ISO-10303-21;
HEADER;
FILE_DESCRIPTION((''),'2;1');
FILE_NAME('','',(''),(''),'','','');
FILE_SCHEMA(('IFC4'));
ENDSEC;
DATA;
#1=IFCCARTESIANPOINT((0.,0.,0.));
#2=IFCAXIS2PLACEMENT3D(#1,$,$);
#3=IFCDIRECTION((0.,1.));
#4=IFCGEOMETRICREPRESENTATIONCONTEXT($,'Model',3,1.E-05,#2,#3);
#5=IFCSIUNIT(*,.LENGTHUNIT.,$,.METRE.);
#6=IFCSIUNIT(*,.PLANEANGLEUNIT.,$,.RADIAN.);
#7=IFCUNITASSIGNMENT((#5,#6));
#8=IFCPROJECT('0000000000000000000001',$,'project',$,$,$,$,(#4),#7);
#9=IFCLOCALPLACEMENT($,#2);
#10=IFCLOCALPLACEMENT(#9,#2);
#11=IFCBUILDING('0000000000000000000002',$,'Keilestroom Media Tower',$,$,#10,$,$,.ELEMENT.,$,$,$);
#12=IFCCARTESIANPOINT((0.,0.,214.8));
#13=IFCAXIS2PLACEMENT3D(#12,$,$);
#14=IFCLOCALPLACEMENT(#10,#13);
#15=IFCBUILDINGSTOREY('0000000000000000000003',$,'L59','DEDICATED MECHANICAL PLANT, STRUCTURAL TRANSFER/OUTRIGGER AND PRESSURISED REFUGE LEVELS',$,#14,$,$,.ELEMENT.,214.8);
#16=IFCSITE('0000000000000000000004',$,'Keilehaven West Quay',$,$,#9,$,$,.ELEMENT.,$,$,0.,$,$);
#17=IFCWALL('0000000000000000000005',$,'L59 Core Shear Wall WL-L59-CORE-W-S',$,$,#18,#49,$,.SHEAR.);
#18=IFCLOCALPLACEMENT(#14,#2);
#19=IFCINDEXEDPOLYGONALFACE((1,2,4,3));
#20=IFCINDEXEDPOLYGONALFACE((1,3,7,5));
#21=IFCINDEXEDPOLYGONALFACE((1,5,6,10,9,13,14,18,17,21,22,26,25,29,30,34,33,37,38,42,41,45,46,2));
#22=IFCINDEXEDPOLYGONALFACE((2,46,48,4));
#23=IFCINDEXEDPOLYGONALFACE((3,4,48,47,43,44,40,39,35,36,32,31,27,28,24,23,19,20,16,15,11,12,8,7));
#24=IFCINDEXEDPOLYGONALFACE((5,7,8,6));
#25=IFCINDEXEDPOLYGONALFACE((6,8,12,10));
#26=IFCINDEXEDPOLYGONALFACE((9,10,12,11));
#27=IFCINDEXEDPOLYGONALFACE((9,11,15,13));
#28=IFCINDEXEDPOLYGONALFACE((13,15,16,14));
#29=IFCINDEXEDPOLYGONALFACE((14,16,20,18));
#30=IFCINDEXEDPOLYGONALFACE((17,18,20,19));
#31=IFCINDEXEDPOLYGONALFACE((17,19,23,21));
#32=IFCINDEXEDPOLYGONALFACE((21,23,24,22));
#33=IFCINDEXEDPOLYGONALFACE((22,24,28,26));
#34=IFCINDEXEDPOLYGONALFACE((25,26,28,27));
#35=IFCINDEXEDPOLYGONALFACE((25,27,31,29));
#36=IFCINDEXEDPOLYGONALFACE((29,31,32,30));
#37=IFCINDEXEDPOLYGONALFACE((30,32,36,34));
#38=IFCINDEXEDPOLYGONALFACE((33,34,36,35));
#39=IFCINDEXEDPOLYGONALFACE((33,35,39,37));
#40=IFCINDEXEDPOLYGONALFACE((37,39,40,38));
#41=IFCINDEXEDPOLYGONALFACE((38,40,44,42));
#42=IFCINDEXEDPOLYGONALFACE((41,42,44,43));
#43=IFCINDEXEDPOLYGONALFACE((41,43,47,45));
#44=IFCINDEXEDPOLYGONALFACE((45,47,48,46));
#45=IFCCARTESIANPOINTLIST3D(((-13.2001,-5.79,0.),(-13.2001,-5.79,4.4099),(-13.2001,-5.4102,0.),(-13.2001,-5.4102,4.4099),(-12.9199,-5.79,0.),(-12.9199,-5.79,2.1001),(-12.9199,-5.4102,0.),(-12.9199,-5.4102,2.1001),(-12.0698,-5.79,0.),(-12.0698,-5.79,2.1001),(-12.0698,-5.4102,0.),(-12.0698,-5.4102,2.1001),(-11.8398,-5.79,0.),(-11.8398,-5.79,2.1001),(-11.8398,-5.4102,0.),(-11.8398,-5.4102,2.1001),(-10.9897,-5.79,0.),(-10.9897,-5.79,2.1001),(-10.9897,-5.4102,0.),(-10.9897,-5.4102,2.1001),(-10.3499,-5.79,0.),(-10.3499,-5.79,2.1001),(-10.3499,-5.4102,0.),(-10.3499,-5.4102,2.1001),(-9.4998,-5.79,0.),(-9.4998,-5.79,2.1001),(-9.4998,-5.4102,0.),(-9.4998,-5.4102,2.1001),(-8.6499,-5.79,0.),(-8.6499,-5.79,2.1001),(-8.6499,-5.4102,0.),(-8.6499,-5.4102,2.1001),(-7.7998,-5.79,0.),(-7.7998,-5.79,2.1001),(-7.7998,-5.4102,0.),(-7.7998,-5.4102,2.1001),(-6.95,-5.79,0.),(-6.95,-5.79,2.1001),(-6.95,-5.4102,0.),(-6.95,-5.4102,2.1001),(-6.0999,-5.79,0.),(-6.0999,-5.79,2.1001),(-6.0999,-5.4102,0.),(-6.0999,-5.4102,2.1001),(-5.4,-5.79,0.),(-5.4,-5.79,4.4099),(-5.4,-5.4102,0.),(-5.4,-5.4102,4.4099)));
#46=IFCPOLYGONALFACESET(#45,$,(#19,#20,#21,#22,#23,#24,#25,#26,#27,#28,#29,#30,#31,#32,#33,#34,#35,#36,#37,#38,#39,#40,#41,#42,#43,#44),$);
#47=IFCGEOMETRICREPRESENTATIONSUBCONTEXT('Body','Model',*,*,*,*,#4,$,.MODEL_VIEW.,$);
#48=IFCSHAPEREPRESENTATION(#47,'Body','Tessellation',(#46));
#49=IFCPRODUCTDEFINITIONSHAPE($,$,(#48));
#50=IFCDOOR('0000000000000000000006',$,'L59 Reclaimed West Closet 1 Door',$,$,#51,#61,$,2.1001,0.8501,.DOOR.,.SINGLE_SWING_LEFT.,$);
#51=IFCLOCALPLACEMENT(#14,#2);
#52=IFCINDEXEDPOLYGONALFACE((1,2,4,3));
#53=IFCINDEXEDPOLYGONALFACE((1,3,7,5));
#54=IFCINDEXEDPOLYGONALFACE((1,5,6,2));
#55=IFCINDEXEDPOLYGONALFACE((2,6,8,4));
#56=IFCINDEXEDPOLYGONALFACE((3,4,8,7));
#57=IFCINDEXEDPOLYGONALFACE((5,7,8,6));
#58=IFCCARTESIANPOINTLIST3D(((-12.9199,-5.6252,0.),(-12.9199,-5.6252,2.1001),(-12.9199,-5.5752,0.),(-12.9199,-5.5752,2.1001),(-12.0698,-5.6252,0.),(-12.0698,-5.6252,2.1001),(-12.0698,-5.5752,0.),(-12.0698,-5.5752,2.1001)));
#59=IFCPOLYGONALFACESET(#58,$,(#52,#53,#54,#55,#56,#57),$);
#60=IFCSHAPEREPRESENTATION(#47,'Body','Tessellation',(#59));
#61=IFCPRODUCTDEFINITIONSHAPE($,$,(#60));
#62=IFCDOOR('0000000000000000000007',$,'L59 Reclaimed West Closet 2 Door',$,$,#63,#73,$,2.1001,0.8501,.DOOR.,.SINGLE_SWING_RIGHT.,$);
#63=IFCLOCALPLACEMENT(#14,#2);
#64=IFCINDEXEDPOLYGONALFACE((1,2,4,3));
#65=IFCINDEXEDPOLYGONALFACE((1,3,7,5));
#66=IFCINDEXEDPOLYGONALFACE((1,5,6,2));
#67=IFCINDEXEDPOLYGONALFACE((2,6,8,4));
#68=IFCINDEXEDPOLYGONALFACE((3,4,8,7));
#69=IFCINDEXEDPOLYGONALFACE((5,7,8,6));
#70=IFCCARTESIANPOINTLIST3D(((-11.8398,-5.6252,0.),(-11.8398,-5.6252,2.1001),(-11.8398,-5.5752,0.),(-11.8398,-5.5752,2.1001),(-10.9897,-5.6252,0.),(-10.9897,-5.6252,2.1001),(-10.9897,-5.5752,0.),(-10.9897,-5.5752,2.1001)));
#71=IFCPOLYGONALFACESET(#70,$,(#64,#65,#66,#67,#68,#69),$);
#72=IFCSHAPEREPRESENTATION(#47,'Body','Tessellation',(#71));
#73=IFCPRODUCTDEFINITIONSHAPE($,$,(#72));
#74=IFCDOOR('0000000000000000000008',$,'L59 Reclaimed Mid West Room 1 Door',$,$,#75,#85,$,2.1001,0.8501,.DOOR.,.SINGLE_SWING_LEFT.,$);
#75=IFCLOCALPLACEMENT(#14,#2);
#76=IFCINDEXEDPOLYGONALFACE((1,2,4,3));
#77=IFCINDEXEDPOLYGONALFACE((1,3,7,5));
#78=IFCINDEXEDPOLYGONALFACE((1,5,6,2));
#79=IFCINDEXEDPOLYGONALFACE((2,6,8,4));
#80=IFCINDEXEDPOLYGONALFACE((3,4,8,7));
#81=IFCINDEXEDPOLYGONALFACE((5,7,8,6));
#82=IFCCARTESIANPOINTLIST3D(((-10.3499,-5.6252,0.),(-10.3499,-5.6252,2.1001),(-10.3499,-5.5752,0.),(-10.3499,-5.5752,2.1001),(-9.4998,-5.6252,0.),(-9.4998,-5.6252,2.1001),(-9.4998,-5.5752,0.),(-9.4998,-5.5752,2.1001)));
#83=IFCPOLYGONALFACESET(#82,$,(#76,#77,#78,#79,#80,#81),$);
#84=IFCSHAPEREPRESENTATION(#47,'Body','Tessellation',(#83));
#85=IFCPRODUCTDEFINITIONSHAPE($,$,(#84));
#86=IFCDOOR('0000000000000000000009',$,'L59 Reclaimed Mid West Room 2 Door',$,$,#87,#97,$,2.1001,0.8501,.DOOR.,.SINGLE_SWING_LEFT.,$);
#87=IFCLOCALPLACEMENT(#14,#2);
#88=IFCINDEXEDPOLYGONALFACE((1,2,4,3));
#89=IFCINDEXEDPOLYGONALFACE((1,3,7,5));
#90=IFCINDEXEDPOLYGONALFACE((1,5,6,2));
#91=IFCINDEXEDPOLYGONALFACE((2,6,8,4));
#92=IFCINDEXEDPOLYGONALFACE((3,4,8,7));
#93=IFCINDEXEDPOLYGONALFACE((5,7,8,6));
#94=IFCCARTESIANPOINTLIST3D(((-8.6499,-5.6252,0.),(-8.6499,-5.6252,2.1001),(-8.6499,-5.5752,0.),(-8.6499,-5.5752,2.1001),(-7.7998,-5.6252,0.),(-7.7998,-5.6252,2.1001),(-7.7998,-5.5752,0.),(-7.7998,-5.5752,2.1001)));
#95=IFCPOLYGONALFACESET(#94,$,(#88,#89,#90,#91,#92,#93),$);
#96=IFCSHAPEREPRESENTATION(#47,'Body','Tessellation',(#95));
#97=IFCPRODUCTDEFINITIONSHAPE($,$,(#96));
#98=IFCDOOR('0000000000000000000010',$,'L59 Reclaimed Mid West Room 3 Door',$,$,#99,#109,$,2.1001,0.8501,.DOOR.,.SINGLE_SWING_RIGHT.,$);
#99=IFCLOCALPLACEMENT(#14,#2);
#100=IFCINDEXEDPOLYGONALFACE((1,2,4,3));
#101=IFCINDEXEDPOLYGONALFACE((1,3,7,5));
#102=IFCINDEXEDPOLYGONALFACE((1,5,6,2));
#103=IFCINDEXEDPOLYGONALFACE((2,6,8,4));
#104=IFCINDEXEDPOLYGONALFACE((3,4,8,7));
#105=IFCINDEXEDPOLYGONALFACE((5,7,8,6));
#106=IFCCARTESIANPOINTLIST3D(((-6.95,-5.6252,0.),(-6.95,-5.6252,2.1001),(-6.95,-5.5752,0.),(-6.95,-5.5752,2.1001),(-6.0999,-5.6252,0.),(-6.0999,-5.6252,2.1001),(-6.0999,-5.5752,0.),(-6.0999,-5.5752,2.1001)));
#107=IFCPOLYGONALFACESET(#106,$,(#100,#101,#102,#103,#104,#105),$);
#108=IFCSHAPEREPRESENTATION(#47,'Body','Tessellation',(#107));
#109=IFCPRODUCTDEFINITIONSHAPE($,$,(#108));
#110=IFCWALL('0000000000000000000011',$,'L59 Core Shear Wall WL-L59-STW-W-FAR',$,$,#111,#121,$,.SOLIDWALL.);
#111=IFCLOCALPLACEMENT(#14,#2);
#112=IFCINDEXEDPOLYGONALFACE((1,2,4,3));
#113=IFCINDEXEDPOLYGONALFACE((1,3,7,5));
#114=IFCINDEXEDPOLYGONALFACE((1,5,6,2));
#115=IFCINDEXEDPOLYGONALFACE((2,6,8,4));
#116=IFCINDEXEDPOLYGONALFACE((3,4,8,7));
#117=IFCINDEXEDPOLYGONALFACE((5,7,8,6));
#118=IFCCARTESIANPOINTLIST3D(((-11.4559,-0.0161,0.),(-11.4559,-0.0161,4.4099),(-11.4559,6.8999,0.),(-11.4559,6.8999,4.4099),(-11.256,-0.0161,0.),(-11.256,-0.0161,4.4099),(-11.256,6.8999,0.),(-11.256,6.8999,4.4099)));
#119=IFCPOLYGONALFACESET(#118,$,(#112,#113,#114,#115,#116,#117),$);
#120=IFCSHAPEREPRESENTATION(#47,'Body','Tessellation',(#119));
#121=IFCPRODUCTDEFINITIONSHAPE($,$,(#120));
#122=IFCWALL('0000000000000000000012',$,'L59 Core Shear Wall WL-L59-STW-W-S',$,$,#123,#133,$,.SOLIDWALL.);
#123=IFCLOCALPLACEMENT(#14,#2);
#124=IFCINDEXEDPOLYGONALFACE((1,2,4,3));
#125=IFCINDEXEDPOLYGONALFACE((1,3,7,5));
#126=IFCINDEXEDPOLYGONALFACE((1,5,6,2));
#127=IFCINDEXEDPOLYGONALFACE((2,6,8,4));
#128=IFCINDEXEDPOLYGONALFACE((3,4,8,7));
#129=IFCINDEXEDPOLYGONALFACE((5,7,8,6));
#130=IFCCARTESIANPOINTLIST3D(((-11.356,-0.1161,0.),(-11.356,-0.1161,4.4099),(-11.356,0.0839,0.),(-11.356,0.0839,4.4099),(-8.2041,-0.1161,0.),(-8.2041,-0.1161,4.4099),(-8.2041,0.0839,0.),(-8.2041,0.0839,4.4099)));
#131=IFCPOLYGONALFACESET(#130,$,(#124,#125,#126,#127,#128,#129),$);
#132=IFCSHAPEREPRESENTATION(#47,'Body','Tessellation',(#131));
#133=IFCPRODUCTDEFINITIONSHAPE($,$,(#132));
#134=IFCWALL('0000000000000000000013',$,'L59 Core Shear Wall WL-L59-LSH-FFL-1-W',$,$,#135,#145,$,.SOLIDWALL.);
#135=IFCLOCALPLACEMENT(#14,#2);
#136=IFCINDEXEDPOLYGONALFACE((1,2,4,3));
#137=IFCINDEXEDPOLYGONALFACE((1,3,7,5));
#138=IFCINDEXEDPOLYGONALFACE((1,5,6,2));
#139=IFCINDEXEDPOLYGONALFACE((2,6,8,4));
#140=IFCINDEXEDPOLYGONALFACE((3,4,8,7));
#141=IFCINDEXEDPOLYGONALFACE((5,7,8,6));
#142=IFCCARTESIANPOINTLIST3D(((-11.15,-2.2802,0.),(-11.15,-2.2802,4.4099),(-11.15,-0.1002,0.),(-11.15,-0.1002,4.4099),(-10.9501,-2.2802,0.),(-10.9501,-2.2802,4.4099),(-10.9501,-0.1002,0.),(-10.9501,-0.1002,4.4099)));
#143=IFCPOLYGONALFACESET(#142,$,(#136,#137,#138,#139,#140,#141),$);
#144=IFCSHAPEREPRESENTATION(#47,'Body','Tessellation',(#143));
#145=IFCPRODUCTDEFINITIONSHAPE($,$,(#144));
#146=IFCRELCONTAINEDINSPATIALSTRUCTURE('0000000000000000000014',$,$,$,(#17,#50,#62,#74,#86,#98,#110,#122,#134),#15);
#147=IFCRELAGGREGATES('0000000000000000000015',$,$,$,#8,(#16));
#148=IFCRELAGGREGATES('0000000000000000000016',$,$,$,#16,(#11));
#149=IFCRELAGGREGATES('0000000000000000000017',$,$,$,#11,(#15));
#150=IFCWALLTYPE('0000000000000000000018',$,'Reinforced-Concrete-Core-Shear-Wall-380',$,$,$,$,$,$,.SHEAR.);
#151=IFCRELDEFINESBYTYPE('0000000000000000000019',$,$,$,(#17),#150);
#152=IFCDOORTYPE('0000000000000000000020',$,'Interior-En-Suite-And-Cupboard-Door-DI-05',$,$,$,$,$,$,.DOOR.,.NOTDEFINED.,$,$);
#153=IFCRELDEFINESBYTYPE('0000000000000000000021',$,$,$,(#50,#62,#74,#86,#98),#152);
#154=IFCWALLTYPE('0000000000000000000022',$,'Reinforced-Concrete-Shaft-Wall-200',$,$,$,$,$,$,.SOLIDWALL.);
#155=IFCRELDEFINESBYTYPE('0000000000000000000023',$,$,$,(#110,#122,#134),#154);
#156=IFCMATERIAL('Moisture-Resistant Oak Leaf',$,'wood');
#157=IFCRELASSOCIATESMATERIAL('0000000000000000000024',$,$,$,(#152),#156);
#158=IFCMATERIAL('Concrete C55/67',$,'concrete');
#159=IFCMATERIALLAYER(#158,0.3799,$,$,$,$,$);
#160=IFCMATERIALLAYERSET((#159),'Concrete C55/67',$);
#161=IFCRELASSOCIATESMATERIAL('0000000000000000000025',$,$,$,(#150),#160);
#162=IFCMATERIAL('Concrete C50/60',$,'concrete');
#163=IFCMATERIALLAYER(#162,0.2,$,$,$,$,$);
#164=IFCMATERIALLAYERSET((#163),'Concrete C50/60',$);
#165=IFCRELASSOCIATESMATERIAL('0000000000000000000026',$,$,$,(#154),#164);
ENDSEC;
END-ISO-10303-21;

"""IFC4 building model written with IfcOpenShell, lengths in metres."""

from ifc_helpers import new_model, si_unit, direction, frame, frame_2d, origin, place, context, subcontext, project, spatial, rectangle, extrude, source, transform, mapped, material, layer, layer_set, type_object, element, fill, save


model = new_model("IFC4")

# Units and contexts
model_context = context("Model", 3, precision=1e-05, world=origin(), true_north=direction((0.0, 1.0)))
body_context = subcontext(model_context, "Body", "Model", "MODEL_VIEW")
ifc_project = project(units=[si_unit("LENGTHUNIT", "METRE"), si_unit("PLANEANGLEUNIT", "RADIAN")], contexts=[model_context])

# Site, building, storey
site_placement = place(None, origin())
site = spatial("IfcSite", under=ifc_project, at=site_placement, Name="Keilehaven West Quay", CompositionType="ELEMENT", RefElevation=0.0)
building_placement = place(site_placement, origin())
building = spatial("IfcBuilding", under=site, at=building_placement, Name="Keilestroom Media Tower", CompositionType="ELEMENT")
storey_placement = place(building_placement, frame((0.0, 0.0, 214.8)))
storey = spatial("IfcBuildingStorey", under=building, at=storey_placement, Name="L59", Description="DEDICATED MECHANICAL PLANT, STRUCTURAL TRANSFER/OUTRIGGER AND PRESSURISED REFUGE LEVELS", CompositionType="ELEMENT", Elevation=214.8)

# Shared definitions
ifc_material_1 = material(Name="Moisture-Resistant Oak Leaf", Category="wood")
door_type = type_object("IfcDoorType", Name="Interior-En-Suite-And-Cupboard-Door-DI-05", OperationType="NOTDEFINED", PredefinedType="DOOR", material=ifc_material_1)
shared_shape_1 = source(origin(), body_context, "Body", "SweptSolid", [
    extrude(rectangle(XDim=0.8501, YDim=2.1001, at=frame_2d((0.425, 1.05))), frame((0.0, 0.0249, 0.0), z_axis=(0.0, -1.0, 0.0), x_axis=(1.0, 0.0, 0.0)), (0.0, 0.0, 1.0), 0.05),
])

# Shared definitions
ifc_material_2 = material(Name="Concrete C55/67", Category="concrete")
ifc_layer_1 = layer(ifc_material_2, 0.3799)
ifc_layer_set_1 = layer_set([ifc_layer_1], Name="Concrete C55/67")
wall_type_1 = type_object("IfcWallType", Name="Reinforced-Concrete-Core-Shear-Wall-380", PredefinedType="SHEAR", material=ifc_layer_set_1)

# Wall, openings, doors
wall_1_placement = place(storey_placement, frame((-13.2, -5.6001, 0.0), z_axis=(0.0, 0.0, 1.0), x_axis=(1.0, 0.0, 0.0)))
wall_1 = element("IfcWall", 1, at=wall_1_placement, inside=storey, type_object=wall_type_1, Name="L59 Core Shear Wall WL-L59-CORE-W-S", PredefinedType="SHEAR", context=body_context, shape_type="SweptSolid", body=[
    extrude(rectangle(XDim=7.8, YDim=0.3799, at=frame_2d((3.8999, 0.0))), origin(), (0.0, 0.0, 1.0), 4.4099),
])
opening_1_placement = place(wall_1_placement, frame((0.28, 0.0, 0.0)))
opening_1 = element("IfcOpeningElement", 2, at=opening_1_placement, cuts=wall_1, PredefinedType="OPENING", context=body_context, shape_type="SweptSolid", body=[
    extrude(rectangle(XDim=0.8501, YDim=2.1001, at=frame_2d((0.425, 1.05))), frame((0.0, 0.2, 0.0), z_axis=(0.0, -1.0, 0.0), x_axis=(1.0, 0.0, 0.0)), (0.0, 0.0, 1.0), 0.3999),
])
opening_2_placement = place(wall_1_placement, frame((1.3601, 0.0, 0.0)))
opening_2 = element("IfcOpeningElement", 3, at=opening_2_placement, cuts=wall_1, PredefinedType="OPENING", context=body_context, shape_type="SweptSolid", body=[
    extrude(rectangle(XDim=0.8501, YDim=2.1001, at=frame_2d((0.425, 1.05))), frame((0.0, 0.2, 0.0), z_axis=(0.0, -1.0, 0.0), x_axis=(1.0, 0.0, 0.0)), (0.0, 0.0, 1.0), 0.3999),
])
opening_3_placement = place(wall_1_placement, frame((2.8501, 0.0, 0.0)))
opening_3 = element("IfcOpeningElement", 4, at=opening_3_placement, cuts=wall_1, PredefinedType="OPENING", context=body_context, shape_type="SweptSolid", body=[
    extrude(rectangle(XDim=0.8501, YDim=2.1001, at=frame_2d((0.425, 1.05))), frame((0.0, 0.2, 0.0), z_axis=(0.0, -1.0, 0.0), x_axis=(1.0, 0.0, 0.0)), (0.0, 0.0, 1.0), 0.3999),
])
opening_4_placement = place(wall_1_placement, frame((4.55, 0.0, 0.0)))
opening_4 = element("IfcOpeningElement", 5, at=opening_4_placement, cuts=wall_1, PredefinedType="OPENING", context=body_context, shape_type="SweptSolid", body=[
    extrude(rectangle(XDim=0.8501, YDim=2.1001, at=frame_2d((0.425, 1.05))), frame((0.0, 0.2, 0.0), z_axis=(0.0, -1.0, 0.0), x_axis=(1.0, 0.0, 0.0)), (0.0, 0.0, 1.0), 0.3999),
])
opening_5_placement = place(wall_1_placement, frame((6.25, 0.0, 0.0)))
opening_5 = element("IfcOpeningElement", 6, at=opening_5_placement, cuts=wall_1, PredefinedType="OPENING", context=body_context, shape_type="SweptSolid", body=[
    extrude(rectangle(XDim=0.8501, YDim=2.1001, at=frame_2d((0.425, 1.05))), frame((0.0, 0.2, 0.0), z_axis=(0.0, -1.0, 0.0), x_axis=(1.0, 0.0, 0.0)), (0.0, 0.0, 1.0), 0.3999),
])
door_1_placement = place(opening_1_placement, origin())
door_1 = element("IfcDoor", 7, at=door_1_placement, inside=storey, type_object=door_type, Name="L59 Reclaimed West Closet 1 Door", OperationType="SINGLE_SWING_LEFT", OverallHeight=2.1001, OverallWidth=0.8501, PredefinedType="DOOR", context=body_context, shape_type="MappedRepresentation", body=[
    mapped(shared_shape_1, transform((0.0, 0.0, 0.0), x_axis=(1.0, 0.0, 0.0), y_axis=(0.0, 1.0, 0.0), z_axis=(0.0, 0.0, 1.0), scale=1.0)),
])
fill(opening_1, door_1)
door_2_placement = place(opening_2_placement, origin())
door_2 = element("IfcDoor", 8, at=door_2_placement, inside=storey, type_object=door_type, Name="L59 Reclaimed West Closet 2 Door", OperationType="SINGLE_SWING_RIGHT", OverallHeight=2.1001, OverallWidth=0.8501, PredefinedType="DOOR", context=body_context, shape_type="MappedRepresentation", body=[
    mapped(shared_shape_1, transform((0.0, 0.0, 0.0), x_axis=(1.0, 0.0, 0.0), y_axis=(0.0, 1.0, 0.0), z_axis=(0.0, 0.0, 1.0), scale=1.0)),
])
fill(opening_2, door_2)
door_3_placement = place(opening_3_placement, origin())
door_3 = element("IfcDoor", 9, at=door_3_placement, inside=storey, type_object=door_type, Name="L59 Reclaimed Mid West Room 1 Door", OperationType="SINGLE_SWING_LEFT", OverallHeight=2.1001, OverallWidth=0.8501, PredefinedType="DOOR", context=body_context, shape_type="MappedRepresentation", body=[
    mapped(shared_shape_1, transform((0.0, 0.0, 0.0), x_axis=(1.0, 0.0, 0.0), y_axis=(0.0, 1.0, 0.0), z_axis=(0.0, 0.0, 1.0), scale=1.0)),
])
fill(opening_3, door_3)
door_4_placement = place(opening_4_placement, origin())
door_4 = element("IfcDoor", 10, at=door_4_placement, inside=storey, type_object=door_type, Name="L59 Reclaimed Mid West Room 2 Door", OperationType="SINGLE_SWING_LEFT", OverallHeight=2.1001, OverallWidth=0.8501, PredefinedType="DOOR", context=body_context, shape_type="MappedRepresentation", body=[
    mapped(shared_shape_1, transform((0.0, 0.0, 0.0), x_axis=(1.0, 0.0, 0.0), y_axis=(0.0, 1.0, 0.0), z_axis=(0.0, 0.0, 1.0), scale=1.0)),
])
fill(opening_4, door_4)
door_5_placement = place(opening_5_placement, origin())
door_5 = element("IfcDoor", 11, at=door_5_placement, inside=storey, type_object=door_type, Name="L59 Reclaimed Mid West Room 3 Door", OperationType="SINGLE_SWING_RIGHT", OverallHeight=2.1001, OverallWidth=0.8501, PredefinedType="DOOR", context=body_context, shape_type="MappedRepresentation", body=[
    mapped(shared_shape_1, transform((0.0, 0.0, 0.0), x_axis=(1.0, 0.0, 0.0), y_axis=(0.0, 1.0, 0.0), z_axis=(0.0, 0.0, 1.0), scale=1.0)),
])
fill(opening_5, door_5)

# Walls
ifc_material_3 = material(Name="Concrete C50/60", Category="concrete")
ifc_layer_2 = layer(ifc_material_3, 0.2)
ifc_layer_set_2 = layer_set([ifc_layer_2], Name="Concrete C50/60")
wall_type_2 = type_object("IfcWallType", Name="Reinforced-Concrete-Shaft-Wall-200", PredefinedType="SOLIDWALL", material=ifc_layer_set_2)
wall_2_placement = place(storey_placement, frame((-11.356, -0.0161, 0.0), z_axis=(0.0, 0.0, 1.0), x_axis=(0.0, 1.0, 0.0)))
element("IfcWall", 12, at=wall_2_placement, inside=storey, type_object=wall_type_2, Name="L59 Core Shear Wall WL-L59-STW-W-FAR", PredefinedType="SOLIDWALL", context=body_context, shape_type="SweptSolid", body=[
    extrude(rectangle(XDim=6.916, YDim=0.2, at=frame_2d((3.458, 0.0))), origin(), (0.0, 0.0, 1.0), 4.4099),
])
wall_3_placement = place(storey_placement, frame((-11.356, -0.0161, 0.0), z_axis=(0.0, 0.0, 1.0), x_axis=(1.0, 0.0, 0.0)))
element("IfcWall", 13, at=wall_3_placement, inside=storey, type_object=wall_type_2, Name="L59 Core Shear Wall WL-L59-STW-W-S", PredefinedType="SOLIDWALL", context=body_context, shape_type="SweptSolid", body=[
    extrude(rectangle(XDim=3.1519, YDim=0.2, at=frame_2d((1.5759, 0.0))), origin(), (0.0, 0.0, 1.0), 4.4099),
])
wall_4_placement = place(storey_placement, frame((-11.05, -2.28, 0.0), z_axis=(0.0, 0.0, 1.0), x_axis=(0.0, 1.0, 0.0)))
element("IfcWall", 14, at=wall_4_placement, inside=storey, type_object=wall_type_2, Name="L59 Core Shear Wall WL-L59-LSH-FFL-1-W", PredefinedType="SOLIDWALL", context=body_context, shape_type="SweptSolid", body=[
    extrude(rectangle(XDim=2.1799, YDim=0.2, at=frame_2d((1.0898, 0.0))), origin(), (0.0, 0.0, 1.0), 4.4099),
])

save(model, "model.ifc")
